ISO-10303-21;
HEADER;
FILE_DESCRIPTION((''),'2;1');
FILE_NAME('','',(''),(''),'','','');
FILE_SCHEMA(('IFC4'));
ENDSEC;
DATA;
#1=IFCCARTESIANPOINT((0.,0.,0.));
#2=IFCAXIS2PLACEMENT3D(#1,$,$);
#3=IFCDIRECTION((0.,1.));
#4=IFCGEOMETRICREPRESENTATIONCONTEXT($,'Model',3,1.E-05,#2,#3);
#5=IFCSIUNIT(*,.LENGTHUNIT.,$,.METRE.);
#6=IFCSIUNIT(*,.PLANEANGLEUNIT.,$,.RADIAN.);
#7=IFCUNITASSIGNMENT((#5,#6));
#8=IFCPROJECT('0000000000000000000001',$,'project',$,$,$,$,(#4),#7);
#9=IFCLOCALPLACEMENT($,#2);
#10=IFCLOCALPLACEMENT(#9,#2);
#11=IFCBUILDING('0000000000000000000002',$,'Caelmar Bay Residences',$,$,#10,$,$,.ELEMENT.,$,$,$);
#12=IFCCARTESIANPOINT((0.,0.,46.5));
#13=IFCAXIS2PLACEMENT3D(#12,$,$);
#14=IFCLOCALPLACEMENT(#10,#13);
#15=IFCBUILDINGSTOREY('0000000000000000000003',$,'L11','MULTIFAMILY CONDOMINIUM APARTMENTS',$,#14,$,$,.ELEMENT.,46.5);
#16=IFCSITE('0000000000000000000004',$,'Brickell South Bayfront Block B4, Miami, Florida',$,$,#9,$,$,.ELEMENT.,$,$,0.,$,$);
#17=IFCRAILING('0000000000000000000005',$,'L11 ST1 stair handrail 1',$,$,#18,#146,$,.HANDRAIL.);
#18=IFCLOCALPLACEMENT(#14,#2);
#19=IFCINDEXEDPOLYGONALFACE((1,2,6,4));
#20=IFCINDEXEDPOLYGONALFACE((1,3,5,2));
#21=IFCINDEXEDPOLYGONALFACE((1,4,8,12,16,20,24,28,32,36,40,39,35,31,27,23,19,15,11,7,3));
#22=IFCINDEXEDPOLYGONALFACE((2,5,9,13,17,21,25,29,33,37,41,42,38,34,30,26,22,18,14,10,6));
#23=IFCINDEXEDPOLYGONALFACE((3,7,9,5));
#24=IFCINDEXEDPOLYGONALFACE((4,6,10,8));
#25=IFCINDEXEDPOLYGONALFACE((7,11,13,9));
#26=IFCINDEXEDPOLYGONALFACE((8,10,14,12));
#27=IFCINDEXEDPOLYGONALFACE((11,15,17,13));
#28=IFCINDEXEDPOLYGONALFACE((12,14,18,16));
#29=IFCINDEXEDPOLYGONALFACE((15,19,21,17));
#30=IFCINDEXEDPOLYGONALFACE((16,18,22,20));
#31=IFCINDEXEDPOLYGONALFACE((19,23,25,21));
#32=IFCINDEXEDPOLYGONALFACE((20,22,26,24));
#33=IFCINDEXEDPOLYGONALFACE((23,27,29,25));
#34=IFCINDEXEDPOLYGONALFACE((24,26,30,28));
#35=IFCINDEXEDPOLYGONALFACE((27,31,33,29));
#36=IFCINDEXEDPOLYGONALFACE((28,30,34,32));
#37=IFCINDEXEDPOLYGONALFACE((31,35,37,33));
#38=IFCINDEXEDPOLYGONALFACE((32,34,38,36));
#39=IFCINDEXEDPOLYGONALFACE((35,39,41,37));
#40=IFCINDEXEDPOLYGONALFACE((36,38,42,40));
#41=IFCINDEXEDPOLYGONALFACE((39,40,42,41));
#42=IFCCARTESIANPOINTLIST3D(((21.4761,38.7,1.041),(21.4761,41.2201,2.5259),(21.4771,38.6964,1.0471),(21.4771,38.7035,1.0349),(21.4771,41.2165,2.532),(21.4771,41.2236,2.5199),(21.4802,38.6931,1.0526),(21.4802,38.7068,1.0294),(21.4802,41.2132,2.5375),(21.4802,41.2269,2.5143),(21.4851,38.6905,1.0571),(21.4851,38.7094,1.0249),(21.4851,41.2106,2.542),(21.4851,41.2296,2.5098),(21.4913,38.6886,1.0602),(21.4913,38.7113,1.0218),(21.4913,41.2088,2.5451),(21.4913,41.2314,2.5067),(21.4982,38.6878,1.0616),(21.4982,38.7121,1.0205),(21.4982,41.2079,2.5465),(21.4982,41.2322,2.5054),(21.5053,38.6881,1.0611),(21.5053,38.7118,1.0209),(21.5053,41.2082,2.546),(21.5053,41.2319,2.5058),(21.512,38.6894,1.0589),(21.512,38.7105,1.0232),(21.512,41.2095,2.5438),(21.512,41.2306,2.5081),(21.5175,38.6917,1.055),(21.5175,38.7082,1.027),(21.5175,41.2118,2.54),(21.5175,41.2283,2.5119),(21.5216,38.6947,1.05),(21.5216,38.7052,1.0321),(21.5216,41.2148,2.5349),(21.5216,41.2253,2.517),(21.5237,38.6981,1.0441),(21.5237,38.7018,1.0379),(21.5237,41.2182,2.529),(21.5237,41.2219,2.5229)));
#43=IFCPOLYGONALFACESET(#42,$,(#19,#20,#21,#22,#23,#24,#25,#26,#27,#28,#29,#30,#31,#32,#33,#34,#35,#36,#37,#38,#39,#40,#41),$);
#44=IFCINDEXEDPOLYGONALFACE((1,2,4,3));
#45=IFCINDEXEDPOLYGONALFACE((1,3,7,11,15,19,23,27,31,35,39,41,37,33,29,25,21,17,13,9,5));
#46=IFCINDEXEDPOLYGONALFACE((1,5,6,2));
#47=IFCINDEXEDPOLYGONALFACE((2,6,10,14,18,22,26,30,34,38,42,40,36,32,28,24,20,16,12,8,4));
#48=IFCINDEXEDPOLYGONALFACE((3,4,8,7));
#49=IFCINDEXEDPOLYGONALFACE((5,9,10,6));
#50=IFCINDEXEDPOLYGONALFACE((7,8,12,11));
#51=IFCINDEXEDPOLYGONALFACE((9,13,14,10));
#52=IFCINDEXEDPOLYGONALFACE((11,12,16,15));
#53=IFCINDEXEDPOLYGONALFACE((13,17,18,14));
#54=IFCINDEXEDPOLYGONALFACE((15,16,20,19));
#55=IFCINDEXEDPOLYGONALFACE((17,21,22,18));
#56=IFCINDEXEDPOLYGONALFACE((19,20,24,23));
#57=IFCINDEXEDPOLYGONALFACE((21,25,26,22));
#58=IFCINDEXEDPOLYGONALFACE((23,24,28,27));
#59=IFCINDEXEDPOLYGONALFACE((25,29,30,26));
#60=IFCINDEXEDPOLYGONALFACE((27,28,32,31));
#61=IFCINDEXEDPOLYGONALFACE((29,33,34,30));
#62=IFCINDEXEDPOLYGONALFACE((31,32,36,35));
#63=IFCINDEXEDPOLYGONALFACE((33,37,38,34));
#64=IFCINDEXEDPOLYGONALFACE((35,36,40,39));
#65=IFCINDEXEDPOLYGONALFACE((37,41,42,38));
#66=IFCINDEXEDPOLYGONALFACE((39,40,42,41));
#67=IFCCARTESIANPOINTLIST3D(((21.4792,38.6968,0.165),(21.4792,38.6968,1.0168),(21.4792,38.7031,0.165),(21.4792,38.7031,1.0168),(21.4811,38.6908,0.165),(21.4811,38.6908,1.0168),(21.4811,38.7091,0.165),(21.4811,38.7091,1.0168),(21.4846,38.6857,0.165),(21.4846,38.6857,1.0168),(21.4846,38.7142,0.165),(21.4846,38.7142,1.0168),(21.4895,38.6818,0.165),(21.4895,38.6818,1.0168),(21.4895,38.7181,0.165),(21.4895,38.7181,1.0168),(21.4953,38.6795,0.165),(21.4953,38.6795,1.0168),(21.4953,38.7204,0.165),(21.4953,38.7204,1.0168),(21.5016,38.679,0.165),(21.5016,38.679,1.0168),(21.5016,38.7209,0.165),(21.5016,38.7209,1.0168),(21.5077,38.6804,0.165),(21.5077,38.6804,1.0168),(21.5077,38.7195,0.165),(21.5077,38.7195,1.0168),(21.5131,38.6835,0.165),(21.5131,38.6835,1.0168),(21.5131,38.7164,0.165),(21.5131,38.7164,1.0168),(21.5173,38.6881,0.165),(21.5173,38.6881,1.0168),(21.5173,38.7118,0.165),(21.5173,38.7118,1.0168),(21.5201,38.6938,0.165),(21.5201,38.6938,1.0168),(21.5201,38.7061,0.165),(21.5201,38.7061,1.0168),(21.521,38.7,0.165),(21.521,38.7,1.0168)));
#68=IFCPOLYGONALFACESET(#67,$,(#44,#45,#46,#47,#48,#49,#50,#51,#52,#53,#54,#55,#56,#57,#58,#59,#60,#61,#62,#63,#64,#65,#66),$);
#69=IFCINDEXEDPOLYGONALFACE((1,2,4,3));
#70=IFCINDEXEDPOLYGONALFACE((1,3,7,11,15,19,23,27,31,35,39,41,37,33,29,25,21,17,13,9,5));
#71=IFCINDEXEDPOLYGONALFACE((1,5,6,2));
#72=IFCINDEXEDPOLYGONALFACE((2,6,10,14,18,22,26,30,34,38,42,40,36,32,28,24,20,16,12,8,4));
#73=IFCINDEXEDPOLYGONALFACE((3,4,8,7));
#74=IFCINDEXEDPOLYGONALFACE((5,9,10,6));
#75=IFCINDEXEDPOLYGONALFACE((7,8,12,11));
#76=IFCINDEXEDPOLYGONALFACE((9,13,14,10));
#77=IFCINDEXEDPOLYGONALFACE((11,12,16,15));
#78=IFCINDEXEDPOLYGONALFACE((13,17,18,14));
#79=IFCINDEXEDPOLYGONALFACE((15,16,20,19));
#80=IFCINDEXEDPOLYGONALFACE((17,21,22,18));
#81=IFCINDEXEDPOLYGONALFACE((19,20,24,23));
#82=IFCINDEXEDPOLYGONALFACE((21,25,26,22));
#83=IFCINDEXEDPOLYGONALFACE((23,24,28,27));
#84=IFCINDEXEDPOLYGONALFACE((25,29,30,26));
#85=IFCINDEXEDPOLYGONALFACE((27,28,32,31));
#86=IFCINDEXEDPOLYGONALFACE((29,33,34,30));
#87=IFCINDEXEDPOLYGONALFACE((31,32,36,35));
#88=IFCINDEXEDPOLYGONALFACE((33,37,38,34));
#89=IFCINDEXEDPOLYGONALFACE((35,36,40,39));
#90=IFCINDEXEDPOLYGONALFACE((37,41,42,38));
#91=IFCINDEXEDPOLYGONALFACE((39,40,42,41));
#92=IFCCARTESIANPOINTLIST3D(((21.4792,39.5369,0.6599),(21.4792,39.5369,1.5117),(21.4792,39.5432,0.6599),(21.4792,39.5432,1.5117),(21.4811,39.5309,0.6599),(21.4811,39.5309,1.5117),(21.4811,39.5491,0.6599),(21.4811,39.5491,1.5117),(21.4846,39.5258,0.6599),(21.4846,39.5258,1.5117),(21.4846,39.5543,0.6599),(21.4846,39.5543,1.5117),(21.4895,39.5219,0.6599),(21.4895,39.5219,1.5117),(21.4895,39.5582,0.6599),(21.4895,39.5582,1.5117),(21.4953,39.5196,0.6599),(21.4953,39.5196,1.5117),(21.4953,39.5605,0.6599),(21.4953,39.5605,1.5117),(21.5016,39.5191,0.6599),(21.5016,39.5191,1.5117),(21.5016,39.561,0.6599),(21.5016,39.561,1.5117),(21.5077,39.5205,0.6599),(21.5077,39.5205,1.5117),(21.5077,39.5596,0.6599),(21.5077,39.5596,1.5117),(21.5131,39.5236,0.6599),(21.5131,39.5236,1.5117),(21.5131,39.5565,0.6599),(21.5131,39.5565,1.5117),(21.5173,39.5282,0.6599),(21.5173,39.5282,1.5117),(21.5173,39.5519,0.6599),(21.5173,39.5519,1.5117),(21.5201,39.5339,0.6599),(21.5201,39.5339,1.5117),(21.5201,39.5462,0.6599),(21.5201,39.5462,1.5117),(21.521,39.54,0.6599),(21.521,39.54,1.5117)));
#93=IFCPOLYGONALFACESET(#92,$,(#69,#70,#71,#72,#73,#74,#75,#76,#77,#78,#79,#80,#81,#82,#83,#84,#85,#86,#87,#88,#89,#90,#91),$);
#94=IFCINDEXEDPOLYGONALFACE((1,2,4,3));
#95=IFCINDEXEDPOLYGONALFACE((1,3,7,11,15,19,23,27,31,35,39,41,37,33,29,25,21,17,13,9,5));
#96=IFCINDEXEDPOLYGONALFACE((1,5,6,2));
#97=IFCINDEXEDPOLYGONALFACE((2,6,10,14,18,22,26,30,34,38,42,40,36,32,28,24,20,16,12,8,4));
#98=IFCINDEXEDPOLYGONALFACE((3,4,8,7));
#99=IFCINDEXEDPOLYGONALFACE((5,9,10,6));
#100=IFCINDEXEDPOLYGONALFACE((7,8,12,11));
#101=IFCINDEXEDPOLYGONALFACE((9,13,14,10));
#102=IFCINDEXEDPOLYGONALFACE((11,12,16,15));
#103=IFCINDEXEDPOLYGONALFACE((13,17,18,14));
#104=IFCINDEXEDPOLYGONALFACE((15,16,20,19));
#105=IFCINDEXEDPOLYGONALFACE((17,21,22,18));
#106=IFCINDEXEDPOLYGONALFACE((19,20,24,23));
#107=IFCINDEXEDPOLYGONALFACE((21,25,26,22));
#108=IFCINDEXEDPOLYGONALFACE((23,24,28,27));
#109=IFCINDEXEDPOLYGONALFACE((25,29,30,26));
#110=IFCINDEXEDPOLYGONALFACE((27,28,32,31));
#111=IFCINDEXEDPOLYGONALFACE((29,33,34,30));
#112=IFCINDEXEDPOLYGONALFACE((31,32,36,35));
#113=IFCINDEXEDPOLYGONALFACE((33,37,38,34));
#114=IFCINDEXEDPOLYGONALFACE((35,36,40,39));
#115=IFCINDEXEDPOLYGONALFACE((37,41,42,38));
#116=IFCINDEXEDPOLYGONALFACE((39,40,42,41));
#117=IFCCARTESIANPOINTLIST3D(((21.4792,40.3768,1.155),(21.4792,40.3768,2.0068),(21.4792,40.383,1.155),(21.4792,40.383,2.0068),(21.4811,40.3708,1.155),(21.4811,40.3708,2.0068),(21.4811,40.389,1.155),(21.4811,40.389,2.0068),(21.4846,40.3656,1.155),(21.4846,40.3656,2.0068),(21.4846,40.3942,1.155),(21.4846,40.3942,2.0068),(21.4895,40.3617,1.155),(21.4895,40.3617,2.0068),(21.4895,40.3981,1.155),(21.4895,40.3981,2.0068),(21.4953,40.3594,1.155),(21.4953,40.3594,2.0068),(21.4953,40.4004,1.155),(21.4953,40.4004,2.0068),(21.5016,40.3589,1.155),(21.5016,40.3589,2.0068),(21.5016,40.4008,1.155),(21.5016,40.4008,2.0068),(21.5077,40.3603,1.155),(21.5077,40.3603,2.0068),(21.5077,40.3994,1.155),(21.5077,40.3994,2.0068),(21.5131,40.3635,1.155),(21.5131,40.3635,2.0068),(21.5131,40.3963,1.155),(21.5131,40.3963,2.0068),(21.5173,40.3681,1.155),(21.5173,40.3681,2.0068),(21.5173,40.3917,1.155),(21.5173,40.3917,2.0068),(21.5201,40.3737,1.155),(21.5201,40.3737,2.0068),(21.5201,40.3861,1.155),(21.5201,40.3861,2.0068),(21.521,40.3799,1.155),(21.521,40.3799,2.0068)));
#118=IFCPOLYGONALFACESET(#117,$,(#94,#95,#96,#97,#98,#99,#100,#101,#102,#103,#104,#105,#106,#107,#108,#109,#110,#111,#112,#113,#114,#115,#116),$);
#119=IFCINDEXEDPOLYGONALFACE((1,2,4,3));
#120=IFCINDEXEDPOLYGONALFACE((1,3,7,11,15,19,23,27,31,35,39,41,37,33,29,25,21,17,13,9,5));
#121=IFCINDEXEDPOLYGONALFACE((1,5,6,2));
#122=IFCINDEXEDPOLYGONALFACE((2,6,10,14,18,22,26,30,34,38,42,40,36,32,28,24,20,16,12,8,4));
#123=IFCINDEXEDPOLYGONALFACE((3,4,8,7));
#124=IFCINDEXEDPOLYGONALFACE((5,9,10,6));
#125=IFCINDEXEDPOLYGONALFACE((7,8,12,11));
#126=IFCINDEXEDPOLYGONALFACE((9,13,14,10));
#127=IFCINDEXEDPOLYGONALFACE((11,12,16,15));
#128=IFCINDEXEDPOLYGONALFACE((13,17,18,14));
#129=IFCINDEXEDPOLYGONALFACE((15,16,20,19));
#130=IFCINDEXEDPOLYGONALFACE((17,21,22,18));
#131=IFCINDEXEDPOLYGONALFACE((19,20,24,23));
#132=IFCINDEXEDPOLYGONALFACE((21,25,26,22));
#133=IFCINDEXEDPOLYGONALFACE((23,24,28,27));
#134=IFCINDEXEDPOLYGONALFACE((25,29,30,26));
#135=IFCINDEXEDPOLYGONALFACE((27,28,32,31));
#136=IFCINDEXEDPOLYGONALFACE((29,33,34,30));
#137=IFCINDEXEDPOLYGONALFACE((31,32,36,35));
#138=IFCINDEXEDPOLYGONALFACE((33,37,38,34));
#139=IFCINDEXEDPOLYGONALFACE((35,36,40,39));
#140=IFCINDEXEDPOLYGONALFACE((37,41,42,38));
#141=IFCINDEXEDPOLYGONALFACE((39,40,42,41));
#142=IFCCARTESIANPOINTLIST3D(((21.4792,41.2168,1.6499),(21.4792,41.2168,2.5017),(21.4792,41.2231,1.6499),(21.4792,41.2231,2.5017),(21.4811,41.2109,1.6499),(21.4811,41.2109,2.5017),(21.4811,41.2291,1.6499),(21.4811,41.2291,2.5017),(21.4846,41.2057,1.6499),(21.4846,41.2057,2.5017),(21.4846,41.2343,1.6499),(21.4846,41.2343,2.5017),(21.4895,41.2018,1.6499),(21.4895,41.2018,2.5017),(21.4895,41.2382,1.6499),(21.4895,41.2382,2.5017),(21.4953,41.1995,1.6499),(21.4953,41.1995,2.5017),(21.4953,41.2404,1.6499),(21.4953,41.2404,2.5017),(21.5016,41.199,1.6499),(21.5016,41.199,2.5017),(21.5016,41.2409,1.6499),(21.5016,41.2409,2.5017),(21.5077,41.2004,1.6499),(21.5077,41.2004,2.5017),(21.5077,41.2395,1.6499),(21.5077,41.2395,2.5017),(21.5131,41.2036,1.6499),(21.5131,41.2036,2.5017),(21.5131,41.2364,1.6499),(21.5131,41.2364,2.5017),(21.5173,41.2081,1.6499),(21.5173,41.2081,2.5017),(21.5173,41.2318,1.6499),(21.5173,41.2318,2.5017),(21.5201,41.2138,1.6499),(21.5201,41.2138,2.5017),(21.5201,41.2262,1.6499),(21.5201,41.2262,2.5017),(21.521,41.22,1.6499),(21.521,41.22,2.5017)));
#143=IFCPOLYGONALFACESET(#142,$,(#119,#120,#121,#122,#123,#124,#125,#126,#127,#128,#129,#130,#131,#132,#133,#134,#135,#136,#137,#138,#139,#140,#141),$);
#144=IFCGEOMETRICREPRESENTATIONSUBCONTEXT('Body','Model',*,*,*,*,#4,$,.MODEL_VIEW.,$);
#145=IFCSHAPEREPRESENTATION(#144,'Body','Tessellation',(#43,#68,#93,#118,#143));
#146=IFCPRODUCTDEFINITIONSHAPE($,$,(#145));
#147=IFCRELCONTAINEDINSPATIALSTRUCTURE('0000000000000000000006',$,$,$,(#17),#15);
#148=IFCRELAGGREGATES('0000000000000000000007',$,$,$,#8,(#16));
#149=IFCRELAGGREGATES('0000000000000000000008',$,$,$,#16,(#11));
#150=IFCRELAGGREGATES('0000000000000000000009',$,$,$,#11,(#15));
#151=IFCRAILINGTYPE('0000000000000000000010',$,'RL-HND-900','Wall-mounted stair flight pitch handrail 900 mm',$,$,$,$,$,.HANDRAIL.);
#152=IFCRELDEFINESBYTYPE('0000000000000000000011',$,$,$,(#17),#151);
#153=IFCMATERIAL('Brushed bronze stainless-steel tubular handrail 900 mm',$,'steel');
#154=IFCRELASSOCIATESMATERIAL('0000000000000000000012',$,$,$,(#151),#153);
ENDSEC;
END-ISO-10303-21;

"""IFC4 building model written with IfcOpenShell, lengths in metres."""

from ifc_helpers import new_model, si_unit, direction, frame, origin, origin_2d, place, context, subcontext, project, spatial, circle, extrude, material, type_object, element, save


model = new_model("IFC4")

# Units and contexts
model_context = context("Model", 3, precision=1e-05, world=origin(), true_north=direction((0.0, 1.0)))
body_context = subcontext(model_context, "Body", "Model", "MODEL_VIEW")
ifc_project = project(units=[si_unit("LENGTHUNIT", "METRE"), si_unit("PLANEANGLEUNIT", "RADIAN")], contexts=[model_context])

# Site, building, storey
site_placement = place(None, origin())
site = spatial("IfcSite", under=ifc_project, at=site_placement, Name="Brickell South Bayfront Block B4, Miami, Florida", CompositionType="ELEMENT", RefElevation=0.0)
building_placement = place(site_placement, origin())
building = spatial("IfcBuilding", under=site, at=building_placement, Name="Caelmar Bay Residences", CompositionType="ELEMENT")
storey_placement = place(building_placement, frame((0.0, 0.0, 46.5)))
storey = spatial("IfcBuildingStorey", under=building, at=storey_placement, Name="L11", Description="MULTIFAMILY CONDOMINIUM APARTMENTS", CompositionType="ELEMENT", Elevation=46.5)

# Railing
ifc_material_1 = material(Name="Brushed bronze stainless-steel tubular handrail 900 mm", Category="steel")
railing_type_1 = type_object("IfcRailingType", Name="RL-HND-900", Description="Wall-mounted stair flight pitch handrail 900 mm", PredefinedType="HANDRAIL", material=ifc_material_1)
railing_1_placement = place(storey_placement, frame((21.5, 38.7, 0.165)))
element("IfcRailing", 1, at=railing_1_placement, inside=storey, type_object=railing_type_1, Name="L11 ST1 stair handrail 1", PredefinedType="HANDRAIL", context=body_context, shape_type="SweptSolid", body=[
    extrude(circle(Radius=0.0239, at=origin_2d()), frame((0.0, 0.0, 0.876), z_axis=(0.0, 0.861561, 0.507655), x_axis=(-1.0, 0.0, 0.0)), (0.0, 0.0, 1.0), 2.925),
    extrude(circle(Radius=0.021, at=origin_2d()), origin(), (0.0, 0.0, 1.0), 0.8518),
    extrude(circle(Radius=0.021, at=origin_2d()), frame((0.0, 0.8401, 0.4949)), (0.0, 0.0, 1.0), 0.8518),
    extrude(circle(Radius=0.021, at=origin_2d()), frame((0.0, 1.6799, 0.99)), (0.0, 0.0, 1.0), 0.8518),
    extrude(circle(Radius=0.021, at=origin_2d()), frame((0.0, 2.52, 1.4849)), (0.0, 0.0, 1.0), 0.8518),
])

save(model, "model.ifc")
